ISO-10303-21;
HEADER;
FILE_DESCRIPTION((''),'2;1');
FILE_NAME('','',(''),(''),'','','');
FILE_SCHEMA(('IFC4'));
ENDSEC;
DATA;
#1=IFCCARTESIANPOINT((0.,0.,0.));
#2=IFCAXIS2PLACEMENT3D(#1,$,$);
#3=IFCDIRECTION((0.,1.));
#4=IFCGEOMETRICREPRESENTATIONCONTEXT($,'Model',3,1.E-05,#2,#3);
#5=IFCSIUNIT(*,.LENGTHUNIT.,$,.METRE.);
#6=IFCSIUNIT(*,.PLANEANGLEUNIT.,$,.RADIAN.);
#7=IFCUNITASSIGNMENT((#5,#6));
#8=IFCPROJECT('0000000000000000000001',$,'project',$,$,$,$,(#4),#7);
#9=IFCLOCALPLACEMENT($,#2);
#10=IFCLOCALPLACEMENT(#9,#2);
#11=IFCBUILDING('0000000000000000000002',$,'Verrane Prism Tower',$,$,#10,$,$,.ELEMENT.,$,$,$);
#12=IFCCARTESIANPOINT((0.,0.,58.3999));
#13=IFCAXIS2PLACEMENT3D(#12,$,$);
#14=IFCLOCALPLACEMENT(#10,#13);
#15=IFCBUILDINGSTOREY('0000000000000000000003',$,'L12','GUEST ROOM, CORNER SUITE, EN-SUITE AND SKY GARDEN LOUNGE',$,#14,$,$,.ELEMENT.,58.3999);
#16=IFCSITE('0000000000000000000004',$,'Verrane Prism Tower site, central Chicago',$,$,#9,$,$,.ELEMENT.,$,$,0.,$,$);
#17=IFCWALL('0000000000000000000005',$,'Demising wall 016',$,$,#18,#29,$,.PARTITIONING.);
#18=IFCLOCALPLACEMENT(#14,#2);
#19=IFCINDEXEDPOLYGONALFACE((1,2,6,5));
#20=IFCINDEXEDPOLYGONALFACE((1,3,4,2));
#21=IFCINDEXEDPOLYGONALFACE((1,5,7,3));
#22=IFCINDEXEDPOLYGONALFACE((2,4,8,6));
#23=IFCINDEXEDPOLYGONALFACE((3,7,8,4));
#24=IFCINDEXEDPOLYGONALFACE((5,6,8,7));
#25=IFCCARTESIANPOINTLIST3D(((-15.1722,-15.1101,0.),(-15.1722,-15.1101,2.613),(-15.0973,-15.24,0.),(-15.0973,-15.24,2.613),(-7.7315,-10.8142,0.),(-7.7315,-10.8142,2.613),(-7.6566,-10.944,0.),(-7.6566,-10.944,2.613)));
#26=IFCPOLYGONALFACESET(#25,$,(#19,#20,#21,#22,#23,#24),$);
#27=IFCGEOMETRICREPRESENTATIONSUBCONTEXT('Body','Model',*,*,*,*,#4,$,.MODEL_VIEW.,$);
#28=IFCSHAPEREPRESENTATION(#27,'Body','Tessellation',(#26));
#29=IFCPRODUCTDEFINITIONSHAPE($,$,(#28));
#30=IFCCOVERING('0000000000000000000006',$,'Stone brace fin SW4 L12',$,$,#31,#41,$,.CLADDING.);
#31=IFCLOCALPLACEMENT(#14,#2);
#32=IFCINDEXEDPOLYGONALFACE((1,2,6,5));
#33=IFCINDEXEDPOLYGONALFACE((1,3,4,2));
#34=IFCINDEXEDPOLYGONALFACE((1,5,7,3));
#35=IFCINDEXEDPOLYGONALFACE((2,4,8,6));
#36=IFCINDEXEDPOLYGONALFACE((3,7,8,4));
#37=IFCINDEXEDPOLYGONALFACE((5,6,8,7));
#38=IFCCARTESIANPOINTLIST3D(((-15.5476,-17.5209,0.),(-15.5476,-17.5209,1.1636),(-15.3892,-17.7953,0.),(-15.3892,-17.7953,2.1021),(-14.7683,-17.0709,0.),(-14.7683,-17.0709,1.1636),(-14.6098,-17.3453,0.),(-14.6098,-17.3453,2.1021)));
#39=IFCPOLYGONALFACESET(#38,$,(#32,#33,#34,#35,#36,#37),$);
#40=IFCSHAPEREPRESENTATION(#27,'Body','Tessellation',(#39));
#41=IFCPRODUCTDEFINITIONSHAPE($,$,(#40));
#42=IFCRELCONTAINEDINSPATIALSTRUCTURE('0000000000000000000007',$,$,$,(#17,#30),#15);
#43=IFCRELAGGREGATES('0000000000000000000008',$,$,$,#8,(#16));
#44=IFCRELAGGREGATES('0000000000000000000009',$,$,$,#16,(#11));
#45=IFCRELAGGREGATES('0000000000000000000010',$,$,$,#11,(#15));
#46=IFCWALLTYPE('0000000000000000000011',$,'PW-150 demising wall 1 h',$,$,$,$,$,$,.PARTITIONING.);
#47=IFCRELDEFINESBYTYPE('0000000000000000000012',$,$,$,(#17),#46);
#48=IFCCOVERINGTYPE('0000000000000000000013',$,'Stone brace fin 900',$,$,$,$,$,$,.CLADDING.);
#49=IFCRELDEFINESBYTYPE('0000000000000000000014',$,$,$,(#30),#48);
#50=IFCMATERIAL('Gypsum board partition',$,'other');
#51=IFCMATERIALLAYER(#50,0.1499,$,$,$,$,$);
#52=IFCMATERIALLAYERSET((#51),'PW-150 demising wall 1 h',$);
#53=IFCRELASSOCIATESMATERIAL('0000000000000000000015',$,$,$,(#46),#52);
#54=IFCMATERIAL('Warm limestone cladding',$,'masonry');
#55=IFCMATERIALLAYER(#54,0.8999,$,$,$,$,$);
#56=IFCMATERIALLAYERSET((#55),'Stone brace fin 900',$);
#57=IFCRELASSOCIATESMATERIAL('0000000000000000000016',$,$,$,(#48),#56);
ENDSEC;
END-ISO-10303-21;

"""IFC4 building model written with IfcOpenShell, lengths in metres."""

from ifc_helpers import new_model, si_unit, direction, frame, frame_2d, origin, place, context, subcontext, project, spatial, polyline, rectangle, outline, extrude, material, layer, layer_set, type_object, element, save


model = new_model("IFC4")

# Units and contexts
model_context = context("Model", 3, precision=1e-05, world=origin(), true_north=direction((0.0, 1.0)))
body_context = subcontext(model_context, "Body", "Model", "MODEL_VIEW")
ifc_project = project(units=[si_unit("LENGTHUNIT", "METRE"), si_unit("PLANEANGLEUNIT", "RADIAN")], contexts=[model_context])

# Site, building, storey
site_placement = place(None, origin())
site = spatial("IfcSite", under=ifc_project, at=site_placement, Name="Verrane Prism Tower site, central Chicago", CompositionType="ELEMENT", RefElevation=0.0)
building_placement = place(site_placement, origin())
building = spatial("IfcBuilding", under=site, at=building_placement, Name="Verrane Prism Tower", CompositionType="ELEMENT")
storey_placement = place(building_placement, frame((0.0, 0.0, 58.3999)))
storey = spatial("IfcBuildingStorey", under=building, at=storey_placement, Name="L12", Description="GUEST ROOM, CORNER SUITE, EN-SUITE AND SKY GARDEN LOUNGE", CompositionType="ELEMENT", Elevation=58.3999)

# Wall
ifc_material_1 = material(Name="Gypsum board partition", Category="other")
ifc_layer_1 = layer(ifc_material_1, 0.1499)
ifc_layer_set_1 = layer_set([ifc_layer_1], Name="PW-150 demising wall 1 h")
wall_type = type_object("IfcWallType", Name="PW-150 demising wall 1 h", PredefinedType="PARTITIONING", material=ifc_layer_set_1)
wall_1_placement = place(storey_placement, frame((-15.1348, -15.175, 0.0), z_axis=(0.0, 0.0, 1.0), x_axis=(0.866024, 0.500002, 0.0)))
element("IfcWall", 1, at=wall_1_placement, inside=storey, type_object=wall_type, Name="Demising wall 016", PredefinedType="PARTITIONING", context=body_context, shape_type="SweptSolid", body=[
    extrude(rectangle(XDim=8.5918, YDim=0.1499, at=frame_2d((4.2959, 0.0))), origin(), (0.0, 0.0, 1.0), 2.613),
])

# Covering
ifc_material_2 = material(Name="Warm limestone cladding", Category="masonry")
ifc_layer_2 = layer(ifc_material_2, 0.8999)
ifc_layer_set_2 = layer_set([ifc_layer_2], Name="Stone brace fin 900")
covering_type = type_object("IfcCoveringType", Name="Stone brace fin 900", PredefinedType="CLADDING", material=ifc_layer_set_2)
covering_placement = place(storey_placement, frame((-15.158, -17.2959, 0.0), z_axis=(0.0, 0.0, 1.0), x_axis=(0.500034, -0.866006, 0.0)))
element("IfcCovering", 2, at=covering_placement, inside=storey, type_object=covering_type, Name="Stone brace fin SW4 L12", PredefinedType="CLADDING", context=body_context, shape_type="SweptSolid", body=[
    extrude(outline(polyline([(0.0, 0.0), (0.3169, 0.0), (0.3169, 2.1021), (0.0, 1.1636), (0.0, 0.0)])), frame((0.0, 0.45, 0.0), z_axis=(0.0, -1.0, 0.0), x_axis=(1.0, 0.0, 0.0)), (0.0, 0.0, 1.0), 0.8999),
])

save(model, "model.ifc")
